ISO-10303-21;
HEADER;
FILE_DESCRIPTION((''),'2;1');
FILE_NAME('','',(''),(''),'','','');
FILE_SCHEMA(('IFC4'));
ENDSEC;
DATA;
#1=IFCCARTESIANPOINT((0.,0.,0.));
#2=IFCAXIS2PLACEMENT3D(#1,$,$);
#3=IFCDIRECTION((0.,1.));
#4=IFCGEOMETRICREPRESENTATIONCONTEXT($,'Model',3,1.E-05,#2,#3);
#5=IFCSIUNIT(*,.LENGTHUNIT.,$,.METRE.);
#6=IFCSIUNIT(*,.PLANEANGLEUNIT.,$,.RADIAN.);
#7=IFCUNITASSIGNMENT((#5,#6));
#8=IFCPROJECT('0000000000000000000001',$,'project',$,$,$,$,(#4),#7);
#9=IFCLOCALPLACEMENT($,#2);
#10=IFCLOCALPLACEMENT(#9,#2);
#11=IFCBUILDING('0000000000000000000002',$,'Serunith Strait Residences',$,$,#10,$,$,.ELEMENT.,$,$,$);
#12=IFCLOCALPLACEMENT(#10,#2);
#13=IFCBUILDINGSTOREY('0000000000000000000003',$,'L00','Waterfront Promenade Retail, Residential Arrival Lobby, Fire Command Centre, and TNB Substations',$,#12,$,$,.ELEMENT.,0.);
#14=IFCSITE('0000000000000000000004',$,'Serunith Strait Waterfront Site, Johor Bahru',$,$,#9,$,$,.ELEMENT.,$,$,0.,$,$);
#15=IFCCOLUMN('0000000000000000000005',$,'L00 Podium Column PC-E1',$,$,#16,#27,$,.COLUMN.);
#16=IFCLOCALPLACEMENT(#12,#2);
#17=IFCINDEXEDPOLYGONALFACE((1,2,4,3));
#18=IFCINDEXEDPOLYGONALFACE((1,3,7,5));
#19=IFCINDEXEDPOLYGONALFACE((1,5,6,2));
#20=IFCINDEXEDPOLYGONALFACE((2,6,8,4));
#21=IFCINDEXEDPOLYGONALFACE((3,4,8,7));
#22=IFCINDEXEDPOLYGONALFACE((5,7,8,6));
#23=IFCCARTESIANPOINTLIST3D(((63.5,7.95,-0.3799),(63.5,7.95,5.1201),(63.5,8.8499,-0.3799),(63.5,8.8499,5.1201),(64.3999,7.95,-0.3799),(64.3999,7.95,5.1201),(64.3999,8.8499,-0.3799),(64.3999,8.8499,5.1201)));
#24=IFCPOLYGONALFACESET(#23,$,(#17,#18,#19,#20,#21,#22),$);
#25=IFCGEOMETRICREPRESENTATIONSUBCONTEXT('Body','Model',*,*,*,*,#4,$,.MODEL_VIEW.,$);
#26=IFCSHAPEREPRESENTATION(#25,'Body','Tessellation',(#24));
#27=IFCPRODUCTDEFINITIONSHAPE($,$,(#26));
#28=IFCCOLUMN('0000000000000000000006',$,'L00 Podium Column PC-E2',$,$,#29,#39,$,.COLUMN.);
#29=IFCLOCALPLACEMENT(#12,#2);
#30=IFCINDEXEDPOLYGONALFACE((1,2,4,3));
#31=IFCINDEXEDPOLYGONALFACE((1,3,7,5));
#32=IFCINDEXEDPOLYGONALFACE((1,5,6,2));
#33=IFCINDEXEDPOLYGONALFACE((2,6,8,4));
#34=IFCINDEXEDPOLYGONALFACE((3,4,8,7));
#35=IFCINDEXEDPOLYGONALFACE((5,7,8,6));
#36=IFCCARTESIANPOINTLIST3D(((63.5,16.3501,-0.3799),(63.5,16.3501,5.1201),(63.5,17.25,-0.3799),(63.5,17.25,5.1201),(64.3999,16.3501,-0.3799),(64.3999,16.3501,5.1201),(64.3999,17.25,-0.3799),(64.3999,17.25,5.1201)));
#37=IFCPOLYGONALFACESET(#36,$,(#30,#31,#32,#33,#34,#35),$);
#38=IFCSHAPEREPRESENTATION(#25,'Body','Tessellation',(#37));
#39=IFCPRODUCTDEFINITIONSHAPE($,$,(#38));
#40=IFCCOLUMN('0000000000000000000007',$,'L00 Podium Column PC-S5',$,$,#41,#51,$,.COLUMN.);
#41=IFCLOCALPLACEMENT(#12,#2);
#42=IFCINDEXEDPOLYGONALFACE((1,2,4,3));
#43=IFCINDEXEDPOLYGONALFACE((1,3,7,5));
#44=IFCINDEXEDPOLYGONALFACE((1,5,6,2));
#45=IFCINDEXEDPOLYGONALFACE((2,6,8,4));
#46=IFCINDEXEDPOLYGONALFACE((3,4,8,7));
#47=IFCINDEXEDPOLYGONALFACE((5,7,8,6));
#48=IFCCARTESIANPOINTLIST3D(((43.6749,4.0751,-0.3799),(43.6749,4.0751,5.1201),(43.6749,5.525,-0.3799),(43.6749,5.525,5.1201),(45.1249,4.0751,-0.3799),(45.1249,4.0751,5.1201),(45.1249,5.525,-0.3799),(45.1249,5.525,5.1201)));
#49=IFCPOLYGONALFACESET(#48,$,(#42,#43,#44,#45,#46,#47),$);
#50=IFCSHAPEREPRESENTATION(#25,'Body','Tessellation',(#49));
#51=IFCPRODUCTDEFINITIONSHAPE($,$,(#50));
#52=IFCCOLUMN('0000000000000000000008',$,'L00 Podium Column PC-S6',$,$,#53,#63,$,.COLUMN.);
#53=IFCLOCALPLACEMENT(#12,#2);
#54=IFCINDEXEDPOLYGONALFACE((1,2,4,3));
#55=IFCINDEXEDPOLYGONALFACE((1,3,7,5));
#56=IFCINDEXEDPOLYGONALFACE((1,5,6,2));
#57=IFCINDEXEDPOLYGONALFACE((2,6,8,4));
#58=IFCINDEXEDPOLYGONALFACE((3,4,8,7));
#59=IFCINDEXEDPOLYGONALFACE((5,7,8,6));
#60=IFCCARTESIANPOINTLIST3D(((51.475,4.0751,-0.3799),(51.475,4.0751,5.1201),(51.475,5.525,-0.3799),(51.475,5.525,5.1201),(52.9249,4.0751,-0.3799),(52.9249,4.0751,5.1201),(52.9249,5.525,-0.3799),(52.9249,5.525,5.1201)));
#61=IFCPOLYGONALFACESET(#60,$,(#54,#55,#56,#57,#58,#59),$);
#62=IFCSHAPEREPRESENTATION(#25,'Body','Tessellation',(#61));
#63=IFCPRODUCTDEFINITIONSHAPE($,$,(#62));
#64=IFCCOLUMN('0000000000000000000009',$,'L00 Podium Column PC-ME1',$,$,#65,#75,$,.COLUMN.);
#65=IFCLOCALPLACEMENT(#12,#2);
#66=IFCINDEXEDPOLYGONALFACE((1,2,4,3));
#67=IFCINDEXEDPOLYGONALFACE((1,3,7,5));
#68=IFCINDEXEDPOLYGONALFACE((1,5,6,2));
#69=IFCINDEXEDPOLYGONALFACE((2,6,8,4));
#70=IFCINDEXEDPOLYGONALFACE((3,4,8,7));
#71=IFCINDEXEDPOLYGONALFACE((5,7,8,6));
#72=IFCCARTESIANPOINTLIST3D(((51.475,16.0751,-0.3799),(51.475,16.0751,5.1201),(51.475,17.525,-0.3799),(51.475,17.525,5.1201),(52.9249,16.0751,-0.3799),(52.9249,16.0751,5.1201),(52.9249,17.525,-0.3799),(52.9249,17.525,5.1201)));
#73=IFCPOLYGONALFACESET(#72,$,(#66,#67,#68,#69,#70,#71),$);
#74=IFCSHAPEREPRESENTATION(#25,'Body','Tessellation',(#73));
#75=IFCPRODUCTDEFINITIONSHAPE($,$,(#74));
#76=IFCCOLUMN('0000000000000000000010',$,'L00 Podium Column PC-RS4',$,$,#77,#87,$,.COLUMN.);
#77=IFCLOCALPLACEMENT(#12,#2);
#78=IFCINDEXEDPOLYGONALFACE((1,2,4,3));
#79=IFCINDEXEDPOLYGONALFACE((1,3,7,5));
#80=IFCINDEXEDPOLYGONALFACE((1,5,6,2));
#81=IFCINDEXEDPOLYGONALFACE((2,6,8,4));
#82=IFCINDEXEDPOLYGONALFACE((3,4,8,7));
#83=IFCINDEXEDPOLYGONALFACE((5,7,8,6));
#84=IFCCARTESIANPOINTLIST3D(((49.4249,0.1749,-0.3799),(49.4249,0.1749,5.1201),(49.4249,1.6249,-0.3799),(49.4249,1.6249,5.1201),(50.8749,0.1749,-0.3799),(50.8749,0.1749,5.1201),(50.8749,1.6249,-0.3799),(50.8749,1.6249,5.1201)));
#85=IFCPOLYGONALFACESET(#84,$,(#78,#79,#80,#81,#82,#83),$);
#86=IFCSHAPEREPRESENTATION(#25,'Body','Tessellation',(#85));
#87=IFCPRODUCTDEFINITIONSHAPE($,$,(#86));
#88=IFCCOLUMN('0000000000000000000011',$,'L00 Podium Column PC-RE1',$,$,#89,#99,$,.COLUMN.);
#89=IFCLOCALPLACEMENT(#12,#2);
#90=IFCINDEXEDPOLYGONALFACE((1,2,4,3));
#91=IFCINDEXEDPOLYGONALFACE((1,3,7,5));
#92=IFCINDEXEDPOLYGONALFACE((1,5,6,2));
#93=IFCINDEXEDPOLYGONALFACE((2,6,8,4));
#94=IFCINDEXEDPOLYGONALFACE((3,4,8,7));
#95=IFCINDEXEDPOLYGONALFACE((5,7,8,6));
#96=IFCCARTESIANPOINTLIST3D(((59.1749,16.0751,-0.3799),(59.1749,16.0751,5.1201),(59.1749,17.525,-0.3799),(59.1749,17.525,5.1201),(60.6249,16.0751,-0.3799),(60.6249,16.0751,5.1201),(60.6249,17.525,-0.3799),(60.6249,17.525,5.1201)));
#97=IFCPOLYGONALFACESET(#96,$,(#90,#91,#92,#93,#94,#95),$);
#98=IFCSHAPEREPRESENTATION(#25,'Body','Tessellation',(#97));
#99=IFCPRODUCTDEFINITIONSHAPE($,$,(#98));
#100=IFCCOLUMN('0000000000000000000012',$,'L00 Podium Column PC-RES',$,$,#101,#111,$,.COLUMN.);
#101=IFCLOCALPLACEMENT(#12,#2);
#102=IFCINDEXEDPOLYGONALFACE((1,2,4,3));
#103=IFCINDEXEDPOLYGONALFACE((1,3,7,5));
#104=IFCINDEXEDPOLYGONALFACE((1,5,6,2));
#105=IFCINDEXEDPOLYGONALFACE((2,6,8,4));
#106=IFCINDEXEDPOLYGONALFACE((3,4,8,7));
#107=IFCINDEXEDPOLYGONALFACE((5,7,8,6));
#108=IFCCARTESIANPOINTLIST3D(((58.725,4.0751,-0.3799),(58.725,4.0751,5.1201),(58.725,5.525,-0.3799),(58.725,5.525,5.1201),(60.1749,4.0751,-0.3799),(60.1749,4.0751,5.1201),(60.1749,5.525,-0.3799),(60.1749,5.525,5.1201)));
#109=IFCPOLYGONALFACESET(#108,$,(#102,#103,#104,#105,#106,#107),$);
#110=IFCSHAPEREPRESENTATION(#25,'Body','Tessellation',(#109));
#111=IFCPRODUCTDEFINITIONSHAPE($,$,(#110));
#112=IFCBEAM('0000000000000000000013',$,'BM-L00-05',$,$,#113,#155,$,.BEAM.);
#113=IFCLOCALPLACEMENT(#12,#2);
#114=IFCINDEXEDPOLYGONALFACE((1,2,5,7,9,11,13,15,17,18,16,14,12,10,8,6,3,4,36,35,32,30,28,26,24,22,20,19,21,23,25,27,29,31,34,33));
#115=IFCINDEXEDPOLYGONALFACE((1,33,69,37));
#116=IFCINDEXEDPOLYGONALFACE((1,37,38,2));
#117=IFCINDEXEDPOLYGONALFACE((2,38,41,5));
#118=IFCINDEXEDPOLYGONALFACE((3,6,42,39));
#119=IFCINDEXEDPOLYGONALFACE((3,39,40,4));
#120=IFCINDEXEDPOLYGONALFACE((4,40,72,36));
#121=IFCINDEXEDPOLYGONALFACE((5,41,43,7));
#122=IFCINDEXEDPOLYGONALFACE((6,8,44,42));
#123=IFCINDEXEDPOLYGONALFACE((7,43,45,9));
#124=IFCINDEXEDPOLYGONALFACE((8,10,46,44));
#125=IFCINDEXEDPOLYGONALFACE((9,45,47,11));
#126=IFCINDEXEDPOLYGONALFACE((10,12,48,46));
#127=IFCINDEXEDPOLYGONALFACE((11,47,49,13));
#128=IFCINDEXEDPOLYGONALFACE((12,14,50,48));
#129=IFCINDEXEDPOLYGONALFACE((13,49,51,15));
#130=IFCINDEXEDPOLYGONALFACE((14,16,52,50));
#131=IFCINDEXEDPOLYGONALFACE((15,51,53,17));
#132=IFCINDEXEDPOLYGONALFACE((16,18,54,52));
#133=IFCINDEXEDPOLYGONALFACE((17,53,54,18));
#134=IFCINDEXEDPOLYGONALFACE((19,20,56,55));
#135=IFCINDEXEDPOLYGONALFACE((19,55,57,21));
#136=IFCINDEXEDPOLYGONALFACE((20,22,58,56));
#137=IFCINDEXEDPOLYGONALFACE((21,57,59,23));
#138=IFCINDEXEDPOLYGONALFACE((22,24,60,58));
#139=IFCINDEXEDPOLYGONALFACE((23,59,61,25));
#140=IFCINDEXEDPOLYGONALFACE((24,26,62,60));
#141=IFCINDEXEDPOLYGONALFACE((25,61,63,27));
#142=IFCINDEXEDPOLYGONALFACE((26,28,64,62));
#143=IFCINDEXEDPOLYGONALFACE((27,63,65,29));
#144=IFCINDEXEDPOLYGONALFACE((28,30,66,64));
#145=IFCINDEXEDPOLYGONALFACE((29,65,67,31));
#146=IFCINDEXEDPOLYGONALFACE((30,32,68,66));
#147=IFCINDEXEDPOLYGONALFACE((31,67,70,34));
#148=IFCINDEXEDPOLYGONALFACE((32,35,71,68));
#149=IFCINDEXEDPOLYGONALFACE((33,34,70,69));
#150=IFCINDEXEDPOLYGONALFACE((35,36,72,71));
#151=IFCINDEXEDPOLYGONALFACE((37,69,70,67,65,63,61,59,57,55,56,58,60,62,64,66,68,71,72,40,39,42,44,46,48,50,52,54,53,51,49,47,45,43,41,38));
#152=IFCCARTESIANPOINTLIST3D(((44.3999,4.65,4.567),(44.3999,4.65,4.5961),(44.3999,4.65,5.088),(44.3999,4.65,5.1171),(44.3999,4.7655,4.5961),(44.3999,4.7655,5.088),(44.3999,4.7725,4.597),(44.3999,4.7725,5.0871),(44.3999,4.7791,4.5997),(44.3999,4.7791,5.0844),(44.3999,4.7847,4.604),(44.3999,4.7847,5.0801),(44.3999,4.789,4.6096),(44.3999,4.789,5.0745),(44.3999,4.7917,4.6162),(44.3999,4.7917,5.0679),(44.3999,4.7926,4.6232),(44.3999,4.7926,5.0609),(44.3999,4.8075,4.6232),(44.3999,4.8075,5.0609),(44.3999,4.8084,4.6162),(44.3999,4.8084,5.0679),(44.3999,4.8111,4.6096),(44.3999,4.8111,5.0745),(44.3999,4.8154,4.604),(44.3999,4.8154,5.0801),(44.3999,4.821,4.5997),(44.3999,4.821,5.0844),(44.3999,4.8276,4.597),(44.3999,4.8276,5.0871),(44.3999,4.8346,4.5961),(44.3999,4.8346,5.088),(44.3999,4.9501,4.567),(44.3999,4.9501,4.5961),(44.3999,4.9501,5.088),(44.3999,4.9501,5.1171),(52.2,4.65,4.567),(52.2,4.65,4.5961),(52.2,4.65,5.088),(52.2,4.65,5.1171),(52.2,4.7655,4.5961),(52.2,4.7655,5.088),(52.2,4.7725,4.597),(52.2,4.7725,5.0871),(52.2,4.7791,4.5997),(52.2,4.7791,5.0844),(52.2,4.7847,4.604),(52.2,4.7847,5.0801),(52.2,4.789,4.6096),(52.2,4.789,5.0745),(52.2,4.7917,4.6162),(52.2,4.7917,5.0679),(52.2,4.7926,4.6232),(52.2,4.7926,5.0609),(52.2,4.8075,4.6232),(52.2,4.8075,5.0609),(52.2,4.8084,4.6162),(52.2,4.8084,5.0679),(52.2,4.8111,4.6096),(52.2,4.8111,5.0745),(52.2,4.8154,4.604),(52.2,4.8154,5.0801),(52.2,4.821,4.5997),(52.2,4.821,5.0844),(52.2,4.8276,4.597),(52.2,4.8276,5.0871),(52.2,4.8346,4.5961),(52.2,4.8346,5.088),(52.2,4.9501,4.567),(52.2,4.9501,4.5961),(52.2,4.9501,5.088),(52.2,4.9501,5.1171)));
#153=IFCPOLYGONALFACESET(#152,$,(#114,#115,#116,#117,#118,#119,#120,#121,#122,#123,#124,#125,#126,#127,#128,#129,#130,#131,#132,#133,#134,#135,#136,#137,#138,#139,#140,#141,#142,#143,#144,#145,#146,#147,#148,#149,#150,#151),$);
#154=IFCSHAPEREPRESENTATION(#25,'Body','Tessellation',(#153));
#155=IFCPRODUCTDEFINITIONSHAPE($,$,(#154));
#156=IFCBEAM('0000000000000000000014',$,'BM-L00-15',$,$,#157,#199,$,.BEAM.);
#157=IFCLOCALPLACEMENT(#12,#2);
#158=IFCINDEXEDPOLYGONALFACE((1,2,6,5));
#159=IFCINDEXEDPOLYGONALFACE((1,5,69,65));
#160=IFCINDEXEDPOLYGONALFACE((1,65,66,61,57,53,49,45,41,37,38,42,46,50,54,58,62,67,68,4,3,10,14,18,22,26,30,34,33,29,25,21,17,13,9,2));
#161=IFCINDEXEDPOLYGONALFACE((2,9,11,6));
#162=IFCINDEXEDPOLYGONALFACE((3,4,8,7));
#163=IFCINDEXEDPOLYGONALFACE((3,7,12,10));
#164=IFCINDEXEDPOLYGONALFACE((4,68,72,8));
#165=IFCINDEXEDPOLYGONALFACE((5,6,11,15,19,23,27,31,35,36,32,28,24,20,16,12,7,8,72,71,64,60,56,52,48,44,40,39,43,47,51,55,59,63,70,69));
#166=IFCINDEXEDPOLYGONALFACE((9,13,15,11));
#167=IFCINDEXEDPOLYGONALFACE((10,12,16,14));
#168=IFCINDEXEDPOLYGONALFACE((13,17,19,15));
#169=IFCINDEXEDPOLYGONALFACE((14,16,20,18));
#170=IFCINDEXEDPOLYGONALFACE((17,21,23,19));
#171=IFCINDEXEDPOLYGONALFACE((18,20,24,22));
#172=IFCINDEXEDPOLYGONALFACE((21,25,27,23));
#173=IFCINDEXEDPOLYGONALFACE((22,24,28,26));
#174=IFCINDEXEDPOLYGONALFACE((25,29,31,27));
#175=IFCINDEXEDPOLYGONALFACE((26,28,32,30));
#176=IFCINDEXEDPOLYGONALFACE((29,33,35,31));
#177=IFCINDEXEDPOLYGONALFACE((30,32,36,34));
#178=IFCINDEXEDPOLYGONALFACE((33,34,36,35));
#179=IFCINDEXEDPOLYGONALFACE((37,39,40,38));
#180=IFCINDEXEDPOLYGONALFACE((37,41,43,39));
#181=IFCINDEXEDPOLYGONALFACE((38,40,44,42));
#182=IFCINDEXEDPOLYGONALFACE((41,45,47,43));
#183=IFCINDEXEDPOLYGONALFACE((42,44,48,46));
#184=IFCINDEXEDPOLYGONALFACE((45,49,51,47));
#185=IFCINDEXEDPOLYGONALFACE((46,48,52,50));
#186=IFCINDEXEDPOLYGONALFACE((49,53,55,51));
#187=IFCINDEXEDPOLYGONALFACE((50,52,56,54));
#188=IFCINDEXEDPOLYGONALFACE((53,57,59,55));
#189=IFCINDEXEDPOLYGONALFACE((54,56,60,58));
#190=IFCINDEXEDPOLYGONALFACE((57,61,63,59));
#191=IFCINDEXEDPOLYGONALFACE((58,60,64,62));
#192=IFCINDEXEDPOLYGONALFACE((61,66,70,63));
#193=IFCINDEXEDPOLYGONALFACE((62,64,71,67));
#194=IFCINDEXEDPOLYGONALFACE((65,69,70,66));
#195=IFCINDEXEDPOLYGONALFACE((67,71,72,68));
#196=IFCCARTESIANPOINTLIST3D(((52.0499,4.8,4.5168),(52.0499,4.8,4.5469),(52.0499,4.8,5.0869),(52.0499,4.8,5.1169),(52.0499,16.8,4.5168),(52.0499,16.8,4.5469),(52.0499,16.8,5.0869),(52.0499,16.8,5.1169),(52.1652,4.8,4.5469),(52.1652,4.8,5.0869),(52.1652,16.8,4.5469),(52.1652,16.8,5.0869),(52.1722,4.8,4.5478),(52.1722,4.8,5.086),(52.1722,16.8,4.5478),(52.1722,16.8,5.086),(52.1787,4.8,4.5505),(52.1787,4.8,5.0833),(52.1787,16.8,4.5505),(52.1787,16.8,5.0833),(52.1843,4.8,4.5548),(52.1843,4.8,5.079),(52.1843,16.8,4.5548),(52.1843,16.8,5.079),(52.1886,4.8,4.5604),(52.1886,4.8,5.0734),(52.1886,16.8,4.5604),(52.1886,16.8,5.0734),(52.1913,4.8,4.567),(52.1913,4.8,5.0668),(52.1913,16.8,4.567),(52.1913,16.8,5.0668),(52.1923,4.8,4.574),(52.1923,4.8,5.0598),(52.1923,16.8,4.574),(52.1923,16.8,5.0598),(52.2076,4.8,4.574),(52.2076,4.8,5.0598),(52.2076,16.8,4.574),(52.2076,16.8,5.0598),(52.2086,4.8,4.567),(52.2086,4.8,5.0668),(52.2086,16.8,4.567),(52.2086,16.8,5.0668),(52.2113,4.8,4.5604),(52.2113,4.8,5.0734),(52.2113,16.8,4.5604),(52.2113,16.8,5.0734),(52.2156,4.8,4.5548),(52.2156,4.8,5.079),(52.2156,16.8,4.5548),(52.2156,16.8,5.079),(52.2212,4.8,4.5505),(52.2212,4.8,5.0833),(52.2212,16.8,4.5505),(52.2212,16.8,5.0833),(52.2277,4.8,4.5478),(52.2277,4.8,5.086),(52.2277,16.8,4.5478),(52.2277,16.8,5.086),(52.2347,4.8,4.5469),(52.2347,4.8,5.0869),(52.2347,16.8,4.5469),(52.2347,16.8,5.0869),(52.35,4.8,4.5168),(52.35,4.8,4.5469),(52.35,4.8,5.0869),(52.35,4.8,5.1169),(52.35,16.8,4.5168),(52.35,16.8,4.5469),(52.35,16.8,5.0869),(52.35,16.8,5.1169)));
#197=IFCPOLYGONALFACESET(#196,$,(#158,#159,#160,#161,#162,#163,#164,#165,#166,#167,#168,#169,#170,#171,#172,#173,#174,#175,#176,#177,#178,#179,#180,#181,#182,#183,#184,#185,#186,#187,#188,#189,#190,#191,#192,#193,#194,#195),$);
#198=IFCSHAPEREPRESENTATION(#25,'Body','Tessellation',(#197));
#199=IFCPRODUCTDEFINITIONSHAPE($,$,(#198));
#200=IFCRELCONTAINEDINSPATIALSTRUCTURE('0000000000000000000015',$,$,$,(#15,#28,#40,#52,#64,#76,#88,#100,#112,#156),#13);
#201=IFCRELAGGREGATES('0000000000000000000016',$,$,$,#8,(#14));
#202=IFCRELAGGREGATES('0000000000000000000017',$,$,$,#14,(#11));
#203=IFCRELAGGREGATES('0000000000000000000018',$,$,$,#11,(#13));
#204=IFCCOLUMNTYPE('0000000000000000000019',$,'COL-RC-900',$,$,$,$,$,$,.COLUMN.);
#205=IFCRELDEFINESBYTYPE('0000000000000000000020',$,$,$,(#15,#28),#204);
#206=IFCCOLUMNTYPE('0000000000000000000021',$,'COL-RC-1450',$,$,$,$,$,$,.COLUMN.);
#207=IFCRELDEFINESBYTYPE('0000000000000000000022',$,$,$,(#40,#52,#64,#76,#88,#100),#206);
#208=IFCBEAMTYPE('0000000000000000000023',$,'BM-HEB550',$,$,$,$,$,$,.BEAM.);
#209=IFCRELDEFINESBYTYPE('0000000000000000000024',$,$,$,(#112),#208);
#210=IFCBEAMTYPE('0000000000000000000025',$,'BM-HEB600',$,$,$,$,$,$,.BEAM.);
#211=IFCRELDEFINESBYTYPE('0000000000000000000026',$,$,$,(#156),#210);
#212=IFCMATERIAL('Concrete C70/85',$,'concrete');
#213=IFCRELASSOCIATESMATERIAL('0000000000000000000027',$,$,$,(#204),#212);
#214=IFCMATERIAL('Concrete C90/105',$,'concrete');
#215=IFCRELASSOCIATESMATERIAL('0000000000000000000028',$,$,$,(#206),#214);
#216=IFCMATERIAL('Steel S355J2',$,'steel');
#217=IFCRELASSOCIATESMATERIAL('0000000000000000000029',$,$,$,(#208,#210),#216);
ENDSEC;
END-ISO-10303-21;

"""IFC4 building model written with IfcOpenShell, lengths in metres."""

from ifc_helpers import new_model, si_unit, direction, frame, origin, origin_2d, place, context, subcontext, project, spatial, rectangle, i_section, extrude, source, transform, mapped, material, material_profile, profile_set, type_object, element, save


model = new_model("IFC4")

# Units and contexts
model_context = context("Model", 3, precision=1e-05, world=origin(), true_north=direction((0.0, 1.0)))
body_context = subcontext(model_context, "Body", "Model", "MODEL_VIEW")
ifc_project = project(units=[si_unit("LENGTHUNIT", "METRE"), si_unit("PLANEANGLEUNIT", "RADIAN")], contexts=[model_context])

# Site, building, storey
site_placement = place(None, origin())
site = spatial("IfcSite", under=ifc_project, at=site_placement, Name="Serunith Strait Waterfront Site, Johor Bahru", CompositionType="ELEMENT", RefElevation=0.0)
building_placement = place(site_placement, origin())
building = spatial("IfcBuilding", under=site, at=building_placement, Name="Serunith Strait Residences", CompositionType="ELEMENT")
storey_placement = place(building_placement, origin())
storey = spatial("IfcBuildingStorey", under=building, at=storey_placement, Name="L00", Description="Waterfront Promenade Retail, Residential Arrival Lobby, Fire Command Centre, and TNB Substations", CompositionType="ELEMENT", Elevation=0.0)

# Columns
ifc_material_1 = material(Name="Concrete C70/85", Category="concrete")
ifc_material_profile_1 = material_profile(ifc_material_1, rectangle(XDim=0.8999, YDim=0.8999, at=origin_2d()), Name="RC 900x900")
ifc_profile_set_1 = profile_set([ifc_material_profile_1], Name="Concrete C70/85")
column_type_1 = type_object("IfcColumnType", Name="COL-RC-900", PredefinedType="COLUMN", material=ifc_profile_set_1)
shared_shape_1 = source(origin(), body_context, "Body", "SweptSolid", [
    extrude(rectangle(XDim=0.8999, YDim=0.8999, at=origin_2d()), origin(), (0.0, 0.0, 1.0), 5.5),
])
for number, where, z_axis, x_axis, name in (
    (1, (63.95, 8.3999, -0.3799), (0.0, 0.0, 1.0), (1.0, 0.0, 0.0), "L00 Podium Column PC-E1"),
    (2, (63.95, 16.8, -0.3799), (0.0, 0.0, 1.0), (1.0, 0.0, 0.0), "L00 Podium Column PC-E2"),
):
    element("IfcColumn", number, at=place(storey_placement, frame(where, z_axis=z_axis, x_axis=x_axis)), inside=storey, type_object=column_type_1, Name=name, PredefinedType="COLUMN", context=body_context, shape_type="MappedRepresentation", body=[
        mapped(shared_shape_1, transform((0.0, 0.0, 0.0), scale=1.0)),
    ])
ifc_material_2 = material(Name="Concrete C90/105", Category="concrete")
ifc_material_profile_2 = material_profile(ifc_material_2, rectangle(XDim=1.45, YDim=1.45, at=origin_2d()), Name="RC 1450x1450")
ifc_profile_set_2 = profile_set([ifc_material_profile_2], Name="Concrete C90/105")
column_type_2 = type_object("IfcColumnType", Name="COL-RC-1450", PredefinedType="COLUMN", material=ifc_profile_set_2)
shared_shape_2 = source(origin(), body_context, "Body", "SweptSolid", [
    extrude(rectangle(XDim=1.45, YDim=1.45, at=origin_2d()), origin(), (0.0, 0.0, 1.0), 5.5),
])
for number, where, z_axis, x_axis, name in (
    (3, (44.3999, 4.8, -0.3799), (0.0, 0.0, 1.0), (1.0, 0.0, 0.0), "L00 Podium Column PC-S5"),
    (4, (52.2, 4.8, -0.3799), (0.0, 0.0, 1.0), (1.0, 0.0, 0.0), "L00 Podium Column PC-S6"),
    (5, (52.2, 16.8, -0.3799), (0.0, 0.0, 1.0), (1.0, 0.0, 0.0), "L00 Podium Column PC-ME1"),
    (6, (50.1499, 0.8999, -0.3799), (0.0, 0.0, 1.0), (1.0, 0.0, 0.0), "L00 Podium Column PC-RS4"),
    (7, (59.8999, 16.8, -0.3799), (0.0, 0.0, 1.0), (1.0, 0.0, 0.0), "L00 Podium Column PC-RE1"),
    (8, (59.45, 4.8, -0.3799), (0.0, 0.0, 1.0), (1.0, 0.0, 0.0), "L00 Podium Column PC-RES"),
):
    element("IfcColumn", number, at=place(storey_placement, frame(where, z_axis=z_axis, x_axis=x_axis)), inside=storey, type_object=column_type_2, Name=name, PredefinedType="COLUMN", context=body_context, shape_type="MappedRepresentation", body=[
        mapped(shared_shape_2, transform((0.0, 0.0, 0.0), scale=1.0)),
    ])

# Beams
ifc_material_3 = material(Name="Steel S355J2", Category="steel")
ifc_material_profile_3 = material_profile(ifc_material_3, i_section(OverallWidth=0.3, OverallDepth=0.55, WebThickness=0.0149, FlangeThickness=0.0291, FilletRadius=0.0271, at=origin_2d()), Name="HEB 550")
ifc_profile_set_3 = profile_set([ifc_material_profile_3], Name="Steel S355J2")
beam_type_1 = type_object("IfcBeamType", Name="BM-HEB550", PredefinedType="BEAM", material=ifc_profile_set_3)
shared_shape_3 = source(origin(), body_context, "Body", "SweptSolid", [
    extrude(i_section(OverallWidth=0.3, OverallDepth=0.55, WebThickness=0.0149, FlangeThickness=0.0291, FilletRadius=0.0271, at=origin_2d()), origin(), (0.0, 0.0, 1.0), 7.8),
])
beam_1_placement = place(storey_placement, frame((44.3999, 4.8, 4.842), z_axis=(1.0, 0.0, 0.0), x_axis=(0.0, 1.0, 0.0)))
element("IfcBeam", 9, at=beam_1_placement, inside=storey, type_object=beam_type_1, Name="BM-L00-05", PredefinedType="BEAM", context=body_context, shape_type="MappedRepresentation", body=[
    mapped(shared_shape_3, transform((0.0, 0.0, 0.0), scale=1.0)),
])
ifc_material_profile_4 = material_profile(ifc_material_3, i_section(OverallWidth=0.3, OverallDepth=0.6001, WebThickness=0.0154, FlangeThickness=0.03, FilletRadius=0.0271, at=origin_2d()), Name="HEB 600")
ifc_profile_set_4 = profile_set([ifc_material_profile_4], Name="Steel S355J2")
beam_type_2 = type_object("IfcBeamType", Name="BM-HEB600", PredefinedType="BEAM", material=ifc_profile_set_4)
shared_shape_4 = source(origin(), body_context, "Body", "SweptSolid", [
    extrude(i_section(OverallWidth=0.3, OverallDepth=0.6001, WebThickness=0.0154, FlangeThickness=0.03, FilletRadius=0.0271, at=origin_2d()), origin(), (0.0, 0.0, 1.0), 12.0),
])
beam_2_placement = place(storey_placement, frame((52.2, 4.8, 4.8169), z_axis=(0.0, 1.0, 0.0), x_axis=(-1.0, 0.0, 0.0)))
element("IfcBeam", 10, at=beam_2_placement, inside=storey, type_object=beam_type_2, Name="BM-L00-15", PredefinedType="BEAM", context=body_context, shape_type="MappedRepresentation", body=[
    mapped(shared_shape_4, transform((0.0, 0.0, 0.0), scale=1.0)),
])

save(model, "model.ifc")
